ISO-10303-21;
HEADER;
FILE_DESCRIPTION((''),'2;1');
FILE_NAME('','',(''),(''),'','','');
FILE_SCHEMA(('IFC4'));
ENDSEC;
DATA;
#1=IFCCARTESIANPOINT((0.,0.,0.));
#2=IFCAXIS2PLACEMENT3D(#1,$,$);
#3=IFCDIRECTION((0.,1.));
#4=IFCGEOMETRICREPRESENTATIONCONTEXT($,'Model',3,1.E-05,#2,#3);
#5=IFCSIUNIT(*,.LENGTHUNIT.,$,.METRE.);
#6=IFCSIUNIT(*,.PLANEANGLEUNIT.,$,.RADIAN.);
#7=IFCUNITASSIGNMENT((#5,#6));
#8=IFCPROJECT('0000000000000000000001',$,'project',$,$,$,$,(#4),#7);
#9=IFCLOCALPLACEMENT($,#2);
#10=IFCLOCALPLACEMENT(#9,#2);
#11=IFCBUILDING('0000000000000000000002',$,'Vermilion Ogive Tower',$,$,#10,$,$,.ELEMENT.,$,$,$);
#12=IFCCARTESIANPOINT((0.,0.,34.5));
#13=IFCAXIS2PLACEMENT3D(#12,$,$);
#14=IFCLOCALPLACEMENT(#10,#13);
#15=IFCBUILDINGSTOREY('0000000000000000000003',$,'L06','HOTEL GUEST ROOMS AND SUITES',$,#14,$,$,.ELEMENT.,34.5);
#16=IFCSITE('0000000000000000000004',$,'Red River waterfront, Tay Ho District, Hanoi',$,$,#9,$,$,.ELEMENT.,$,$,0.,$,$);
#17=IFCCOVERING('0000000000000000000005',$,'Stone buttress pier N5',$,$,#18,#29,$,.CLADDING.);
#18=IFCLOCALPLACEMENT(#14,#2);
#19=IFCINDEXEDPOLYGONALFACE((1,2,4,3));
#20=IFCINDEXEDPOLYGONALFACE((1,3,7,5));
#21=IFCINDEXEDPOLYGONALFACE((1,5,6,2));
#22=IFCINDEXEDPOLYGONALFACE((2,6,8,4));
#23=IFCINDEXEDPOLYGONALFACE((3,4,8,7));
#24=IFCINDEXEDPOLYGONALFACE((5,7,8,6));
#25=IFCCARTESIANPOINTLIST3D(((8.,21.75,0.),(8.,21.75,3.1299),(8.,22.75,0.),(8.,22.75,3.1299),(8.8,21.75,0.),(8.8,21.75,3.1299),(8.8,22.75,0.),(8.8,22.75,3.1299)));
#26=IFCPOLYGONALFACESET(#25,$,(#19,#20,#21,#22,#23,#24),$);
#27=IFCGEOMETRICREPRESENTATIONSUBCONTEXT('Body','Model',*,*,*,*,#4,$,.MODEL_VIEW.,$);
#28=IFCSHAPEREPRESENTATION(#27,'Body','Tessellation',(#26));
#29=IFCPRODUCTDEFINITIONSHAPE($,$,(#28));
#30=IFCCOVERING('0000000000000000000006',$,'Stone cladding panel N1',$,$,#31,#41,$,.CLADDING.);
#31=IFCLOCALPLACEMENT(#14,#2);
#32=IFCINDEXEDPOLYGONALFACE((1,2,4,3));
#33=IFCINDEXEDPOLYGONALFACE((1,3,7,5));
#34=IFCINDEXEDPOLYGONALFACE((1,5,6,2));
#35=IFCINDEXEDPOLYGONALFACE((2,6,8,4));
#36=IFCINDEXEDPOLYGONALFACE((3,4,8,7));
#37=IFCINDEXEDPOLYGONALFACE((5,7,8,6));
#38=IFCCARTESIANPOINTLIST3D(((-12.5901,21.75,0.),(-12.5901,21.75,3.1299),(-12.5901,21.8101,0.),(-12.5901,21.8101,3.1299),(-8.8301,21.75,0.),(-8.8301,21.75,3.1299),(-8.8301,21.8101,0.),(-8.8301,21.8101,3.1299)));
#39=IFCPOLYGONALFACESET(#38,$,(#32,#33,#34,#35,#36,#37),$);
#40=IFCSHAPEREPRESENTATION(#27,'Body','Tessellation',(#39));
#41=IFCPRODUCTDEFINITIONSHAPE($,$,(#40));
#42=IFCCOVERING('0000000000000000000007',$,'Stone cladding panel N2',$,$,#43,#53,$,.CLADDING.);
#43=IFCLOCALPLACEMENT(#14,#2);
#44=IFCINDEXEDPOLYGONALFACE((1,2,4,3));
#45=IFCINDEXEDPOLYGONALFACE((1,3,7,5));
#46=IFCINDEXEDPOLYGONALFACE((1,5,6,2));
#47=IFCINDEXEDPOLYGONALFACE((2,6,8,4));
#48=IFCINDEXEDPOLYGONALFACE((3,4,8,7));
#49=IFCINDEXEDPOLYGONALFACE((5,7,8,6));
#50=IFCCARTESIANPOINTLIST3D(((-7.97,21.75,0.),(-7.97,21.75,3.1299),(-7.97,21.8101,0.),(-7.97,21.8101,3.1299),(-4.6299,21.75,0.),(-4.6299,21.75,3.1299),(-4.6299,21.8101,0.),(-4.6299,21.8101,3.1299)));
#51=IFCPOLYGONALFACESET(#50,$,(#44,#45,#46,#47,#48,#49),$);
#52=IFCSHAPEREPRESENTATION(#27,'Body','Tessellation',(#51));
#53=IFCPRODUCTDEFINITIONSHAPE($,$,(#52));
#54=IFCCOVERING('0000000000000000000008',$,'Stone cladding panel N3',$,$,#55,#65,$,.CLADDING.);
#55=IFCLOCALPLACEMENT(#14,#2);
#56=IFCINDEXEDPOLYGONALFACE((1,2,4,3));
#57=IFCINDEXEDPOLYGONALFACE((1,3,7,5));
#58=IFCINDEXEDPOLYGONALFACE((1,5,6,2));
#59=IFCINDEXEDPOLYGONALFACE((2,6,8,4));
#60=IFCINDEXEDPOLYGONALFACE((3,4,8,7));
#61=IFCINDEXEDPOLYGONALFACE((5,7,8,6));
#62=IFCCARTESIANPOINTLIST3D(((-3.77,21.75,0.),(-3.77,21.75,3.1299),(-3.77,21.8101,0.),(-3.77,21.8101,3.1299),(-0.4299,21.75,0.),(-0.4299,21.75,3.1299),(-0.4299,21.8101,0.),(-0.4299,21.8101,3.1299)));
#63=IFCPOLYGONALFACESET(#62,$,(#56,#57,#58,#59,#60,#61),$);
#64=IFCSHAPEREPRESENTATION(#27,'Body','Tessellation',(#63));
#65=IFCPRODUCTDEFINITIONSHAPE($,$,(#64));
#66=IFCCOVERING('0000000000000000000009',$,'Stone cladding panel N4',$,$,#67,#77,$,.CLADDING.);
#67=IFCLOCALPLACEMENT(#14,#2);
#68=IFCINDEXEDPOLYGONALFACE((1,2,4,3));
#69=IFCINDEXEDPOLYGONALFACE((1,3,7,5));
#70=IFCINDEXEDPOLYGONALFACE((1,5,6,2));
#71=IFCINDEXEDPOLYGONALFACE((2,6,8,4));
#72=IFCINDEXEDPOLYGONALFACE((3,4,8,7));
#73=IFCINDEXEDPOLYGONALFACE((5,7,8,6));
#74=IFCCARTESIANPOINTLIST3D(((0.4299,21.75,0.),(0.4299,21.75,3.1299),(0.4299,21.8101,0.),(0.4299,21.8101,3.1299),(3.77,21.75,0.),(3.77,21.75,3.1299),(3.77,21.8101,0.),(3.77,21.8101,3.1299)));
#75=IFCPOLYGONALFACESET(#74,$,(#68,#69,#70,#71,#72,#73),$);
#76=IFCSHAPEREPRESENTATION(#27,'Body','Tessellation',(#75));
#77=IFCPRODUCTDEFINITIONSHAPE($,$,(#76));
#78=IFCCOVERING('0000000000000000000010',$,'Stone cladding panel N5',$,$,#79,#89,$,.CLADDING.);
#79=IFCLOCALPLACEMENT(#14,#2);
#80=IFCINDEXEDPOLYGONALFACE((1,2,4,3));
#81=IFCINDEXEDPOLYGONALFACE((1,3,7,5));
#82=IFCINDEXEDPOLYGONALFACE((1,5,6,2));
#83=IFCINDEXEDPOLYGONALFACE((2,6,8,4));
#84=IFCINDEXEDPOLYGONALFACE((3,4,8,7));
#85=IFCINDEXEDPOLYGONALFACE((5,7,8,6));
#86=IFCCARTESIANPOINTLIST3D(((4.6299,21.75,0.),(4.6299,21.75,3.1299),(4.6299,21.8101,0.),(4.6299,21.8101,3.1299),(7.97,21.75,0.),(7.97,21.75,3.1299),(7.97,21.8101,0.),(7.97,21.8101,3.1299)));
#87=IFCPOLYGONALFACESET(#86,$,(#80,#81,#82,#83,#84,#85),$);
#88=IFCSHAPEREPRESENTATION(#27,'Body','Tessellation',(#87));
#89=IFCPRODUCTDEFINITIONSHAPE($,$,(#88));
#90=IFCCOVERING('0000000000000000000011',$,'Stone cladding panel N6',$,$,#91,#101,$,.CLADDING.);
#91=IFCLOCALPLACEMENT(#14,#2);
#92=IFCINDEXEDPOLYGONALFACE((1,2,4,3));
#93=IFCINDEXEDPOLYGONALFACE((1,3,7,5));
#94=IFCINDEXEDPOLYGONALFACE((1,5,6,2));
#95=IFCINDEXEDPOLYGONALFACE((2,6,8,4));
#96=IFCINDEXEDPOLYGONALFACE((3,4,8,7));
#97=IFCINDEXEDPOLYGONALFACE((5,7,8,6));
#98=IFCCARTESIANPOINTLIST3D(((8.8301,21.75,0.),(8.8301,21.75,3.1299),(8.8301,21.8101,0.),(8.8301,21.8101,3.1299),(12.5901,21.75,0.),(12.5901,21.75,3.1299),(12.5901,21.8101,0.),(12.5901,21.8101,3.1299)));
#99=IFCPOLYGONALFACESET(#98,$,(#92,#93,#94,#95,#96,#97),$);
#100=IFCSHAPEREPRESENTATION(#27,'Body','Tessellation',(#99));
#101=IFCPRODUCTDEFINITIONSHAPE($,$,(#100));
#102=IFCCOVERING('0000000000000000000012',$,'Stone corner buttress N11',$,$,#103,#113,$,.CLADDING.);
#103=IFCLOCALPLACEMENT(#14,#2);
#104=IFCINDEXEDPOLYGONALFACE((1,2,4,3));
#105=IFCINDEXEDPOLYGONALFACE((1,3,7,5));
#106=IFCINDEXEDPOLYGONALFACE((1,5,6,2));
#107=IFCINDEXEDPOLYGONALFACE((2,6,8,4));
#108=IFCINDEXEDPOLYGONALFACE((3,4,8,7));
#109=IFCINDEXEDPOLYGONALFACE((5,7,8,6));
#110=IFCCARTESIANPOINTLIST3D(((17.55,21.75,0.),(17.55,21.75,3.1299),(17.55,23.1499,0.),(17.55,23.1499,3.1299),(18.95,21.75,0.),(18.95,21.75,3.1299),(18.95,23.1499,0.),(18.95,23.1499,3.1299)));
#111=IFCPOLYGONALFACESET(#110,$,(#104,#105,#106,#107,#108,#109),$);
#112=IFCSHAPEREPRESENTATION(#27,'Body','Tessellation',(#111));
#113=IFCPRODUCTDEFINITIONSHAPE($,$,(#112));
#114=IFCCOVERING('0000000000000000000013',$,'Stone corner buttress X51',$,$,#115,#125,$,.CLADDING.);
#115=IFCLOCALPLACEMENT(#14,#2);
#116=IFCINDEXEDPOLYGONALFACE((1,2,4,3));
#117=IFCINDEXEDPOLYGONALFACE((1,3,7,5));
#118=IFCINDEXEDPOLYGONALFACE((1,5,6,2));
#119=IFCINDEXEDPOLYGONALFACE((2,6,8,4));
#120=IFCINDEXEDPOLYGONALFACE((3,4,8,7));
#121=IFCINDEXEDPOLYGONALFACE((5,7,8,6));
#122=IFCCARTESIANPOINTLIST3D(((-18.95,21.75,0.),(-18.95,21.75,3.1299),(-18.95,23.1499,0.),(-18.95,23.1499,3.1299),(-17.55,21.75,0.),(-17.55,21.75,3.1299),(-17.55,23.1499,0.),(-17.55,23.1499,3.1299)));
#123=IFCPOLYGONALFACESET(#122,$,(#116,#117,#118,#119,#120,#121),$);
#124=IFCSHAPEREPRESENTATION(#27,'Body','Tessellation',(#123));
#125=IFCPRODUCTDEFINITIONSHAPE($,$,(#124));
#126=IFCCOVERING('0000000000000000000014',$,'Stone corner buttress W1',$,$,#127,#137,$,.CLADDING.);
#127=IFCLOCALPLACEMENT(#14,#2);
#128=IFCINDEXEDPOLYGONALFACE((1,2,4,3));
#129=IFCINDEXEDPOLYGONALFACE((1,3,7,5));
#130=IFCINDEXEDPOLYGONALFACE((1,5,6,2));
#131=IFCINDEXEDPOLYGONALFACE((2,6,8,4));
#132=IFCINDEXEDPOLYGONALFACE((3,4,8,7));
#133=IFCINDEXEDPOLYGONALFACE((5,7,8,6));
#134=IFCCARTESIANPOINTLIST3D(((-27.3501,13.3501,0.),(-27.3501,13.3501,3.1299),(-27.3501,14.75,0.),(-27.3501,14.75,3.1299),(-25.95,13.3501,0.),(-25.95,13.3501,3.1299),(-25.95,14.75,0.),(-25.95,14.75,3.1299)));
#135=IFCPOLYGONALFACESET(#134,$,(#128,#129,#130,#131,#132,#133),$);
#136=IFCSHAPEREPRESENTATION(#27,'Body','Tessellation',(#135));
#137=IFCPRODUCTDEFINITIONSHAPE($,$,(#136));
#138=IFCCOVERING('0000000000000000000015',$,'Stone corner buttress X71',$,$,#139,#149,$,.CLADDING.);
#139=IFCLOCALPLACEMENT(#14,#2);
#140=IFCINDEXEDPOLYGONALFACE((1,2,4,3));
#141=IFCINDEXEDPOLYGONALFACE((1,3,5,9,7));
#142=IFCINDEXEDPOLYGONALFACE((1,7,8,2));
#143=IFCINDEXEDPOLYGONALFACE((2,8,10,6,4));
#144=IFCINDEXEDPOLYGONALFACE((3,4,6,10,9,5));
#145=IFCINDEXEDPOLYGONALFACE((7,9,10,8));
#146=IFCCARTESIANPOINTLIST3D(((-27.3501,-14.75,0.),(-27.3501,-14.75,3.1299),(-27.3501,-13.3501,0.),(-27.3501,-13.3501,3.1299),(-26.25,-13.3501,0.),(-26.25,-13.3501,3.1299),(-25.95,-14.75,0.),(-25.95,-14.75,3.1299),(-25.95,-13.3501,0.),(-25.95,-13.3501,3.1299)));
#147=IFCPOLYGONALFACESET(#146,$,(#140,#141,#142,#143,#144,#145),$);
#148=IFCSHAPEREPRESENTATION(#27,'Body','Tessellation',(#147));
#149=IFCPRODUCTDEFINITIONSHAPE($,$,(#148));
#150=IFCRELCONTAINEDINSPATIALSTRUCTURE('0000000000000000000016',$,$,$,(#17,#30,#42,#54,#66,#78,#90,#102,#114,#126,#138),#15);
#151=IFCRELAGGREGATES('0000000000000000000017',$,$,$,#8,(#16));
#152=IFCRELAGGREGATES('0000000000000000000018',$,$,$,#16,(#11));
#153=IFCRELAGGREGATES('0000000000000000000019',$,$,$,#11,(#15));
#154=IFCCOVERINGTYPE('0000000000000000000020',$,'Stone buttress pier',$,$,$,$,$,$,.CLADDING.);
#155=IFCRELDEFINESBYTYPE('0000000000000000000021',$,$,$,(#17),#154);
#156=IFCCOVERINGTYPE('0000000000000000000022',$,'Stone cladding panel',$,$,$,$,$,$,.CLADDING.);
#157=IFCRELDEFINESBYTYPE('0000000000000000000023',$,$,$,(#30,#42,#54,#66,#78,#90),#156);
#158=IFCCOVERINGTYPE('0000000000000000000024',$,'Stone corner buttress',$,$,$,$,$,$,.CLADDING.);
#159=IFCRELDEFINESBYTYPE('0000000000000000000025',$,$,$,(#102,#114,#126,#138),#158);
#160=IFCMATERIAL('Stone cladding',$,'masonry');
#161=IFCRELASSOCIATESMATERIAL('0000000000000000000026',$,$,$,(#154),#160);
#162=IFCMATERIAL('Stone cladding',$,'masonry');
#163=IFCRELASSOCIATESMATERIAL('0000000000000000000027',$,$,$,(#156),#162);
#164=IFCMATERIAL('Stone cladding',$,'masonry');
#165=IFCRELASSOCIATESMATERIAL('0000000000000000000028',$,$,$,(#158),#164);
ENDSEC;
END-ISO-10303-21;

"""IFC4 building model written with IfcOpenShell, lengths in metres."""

from ifc_helpers import new_model, si_unit, direction, frame, origin, place, context, subcontext, project, spatial, polyline, outline, extrude, material, type_object, element, save


model = new_model("IFC4")

# Units and contexts
model_context = context("Model", 3, precision=1e-05, world=origin(), true_north=direction((0.0, 1.0)))
body_context = subcontext(model_context, "Body", "Model", "MODEL_VIEW")
ifc_project = project(units=[si_unit("LENGTHUNIT", "METRE"), si_unit("PLANEANGLEUNIT", "RADIAN")], contexts=[model_context])

# Site, building, storey
site_placement = place(None, origin())
site = spatial("IfcSite", under=ifc_project, at=site_placement, Name="Red River waterfront, Tay Ho District, Hanoi", CompositionType="ELEMENT", RefElevation=0.0)
building_placement = place(site_placement, origin())
building = spatial("IfcBuilding", under=site, at=building_placement, Name="Vermilion Ogive Tower", CompositionType="ELEMENT")
storey_placement = place(building_placement, frame((0.0, 0.0, 34.5)))
storey = spatial("IfcBuildingStorey", under=building, at=storey_placement, Name="L06", Description="HOTEL GUEST ROOMS AND SUITES", CompositionType="ELEMENT", Elevation=34.5)

# Coverings
ifc_material_1 = material(Name="Stone cladding", Category="masonry")
covering_type_1 = type_object("IfcCoveringType", Name="Stone buttress pier", PredefinedType="CLADDING", material=ifc_material_1)
covering_1_placement = place(storey_placement, origin())
element("IfcCovering", 1, at=covering_1_placement, inside=storey, type_object=covering_type_1, Name="Stone buttress pier N5", PredefinedType="CLADDING", context=body_context, shape_type="SweptSolid", body=[
    extrude(outline(polyline([(8.0, 21.75), (8.8, 21.75), (8.8, 22.75), (8.0, 22.75), (8.0, 21.75)])), origin(), (0.0, 0.0, 1.0), 3.1299),
])
ifc_material_2 = material(Name="Stone cladding", Category="masonry")
covering_type_2 = type_object("IfcCoveringType", Name="Stone cladding panel", PredefinedType="CLADDING", material=ifc_material_2)
covering_2_placement = place(storey_placement, origin())
element("IfcCovering", 2, at=covering_2_placement, inside=storey, type_object=covering_type_2, Name="Stone cladding panel N1", PredefinedType="CLADDING", context=body_context, shape_type="SweptSolid", body=[
    extrude(outline(polyline([(-12.5901, 21.75), (-8.8301, 21.75), (-8.8301, 21.8101), (-12.5901, 21.8101), (-12.5901, 21.75)])), origin(), (0.0, 0.0, 1.0), 3.1299),
])
covering_3_placement = place(storey_placement, origin())
element("IfcCovering", 3, at=covering_3_placement, inside=storey, type_object=covering_type_2, Name="Stone cladding panel N2", PredefinedType="CLADDING", context=body_context, shape_type="SweptSolid", body=[
    extrude(outline(polyline([(-7.97, 21.75), (-4.6299, 21.75), (-4.6299, 21.8101), (-7.97, 21.8101), (-7.97, 21.75)])), origin(), (0.0, 0.0, 1.0), 3.1299),
])
covering_4_placement = place(storey_placement, origin())
element("IfcCovering", 4, at=covering_4_placement, inside=storey, type_object=covering_type_2, Name="Stone cladding panel N3", PredefinedType="CLADDING", context=body_context, shape_type="SweptSolid", body=[
    extrude(outline(polyline([(-3.77, 21.75), (-0.4299, 21.75), (-0.4299, 21.8101), (-3.77, 21.8101), (-3.77, 21.75)])), origin(), (0.0, 0.0, 1.0), 3.1299),
])
covering_5_placement = place(storey_placement, origin())
element("IfcCovering", 5, at=covering_5_placement, inside=storey, type_object=covering_type_2, Name="Stone cladding panel N4", PredefinedType="CLADDING", context=body_context, shape_type="SweptSolid", body=[
    extrude(outline(polyline([(0.4299, 21.75), (3.77, 21.75), (3.77, 21.8101), (0.4299, 21.8101), (0.4299, 21.75)])), origin(), (0.0, 0.0, 1.0), 3.1299),
])
covering_6_placement = place(storey_placement, origin())
element("IfcCovering", 6, at=covering_6_placement, inside=storey, type_object=covering_type_2, Name="Stone cladding panel N5", PredefinedType="CLADDING", context=body_context, shape_type="SweptSolid", body=[
    extrude(outline(polyline([(4.6299, 21.75), (7.97, 21.75), (7.97, 21.8101), (4.6299, 21.8101), (4.6299, 21.75)])), origin(), (0.0, 0.0, 1.0), 3.1299),
])
covering_7_placement = place(storey_placement, origin())
element("IfcCovering", 7, at=covering_7_placement, inside=storey, type_object=covering_type_2, Name="Stone cladding panel N6", PredefinedType="CLADDING", context=body_context, shape_type="SweptSolid", body=[
    extrude(outline(polyline([(8.8301, 21.75), (12.5901, 21.75), (12.5901, 21.8101), (8.8301, 21.8101), (8.8301, 21.75)])), origin(), (0.0, 0.0, 1.0), 3.1299),
])
ifc_material_3 = material(Name="Stone cladding", Category="masonry")
covering_type_3 = type_object("IfcCoveringType", Name="Stone corner buttress", PredefinedType="CLADDING", material=ifc_material_3)
covering_8_placement = place(storey_placement, origin())
element("IfcCovering", 8, at=covering_8_placement, inside=storey, type_object=covering_type_3, Name="Stone corner buttress N11", PredefinedType="CLADDING", context=body_context, shape_type="SweptSolid", body=[
    extrude(outline(polyline([(18.95, 23.1499), (18.95, 21.75), (17.55, 21.75), (17.55, 23.1499), (18.95, 23.1499)])), origin(), (0.0, 0.0, 1.0), 3.1299),
])
covering_9_placement = place(storey_placement, origin())
element("IfcCovering", 9, at=covering_9_placement, inside=storey, type_object=covering_type_3, Name="Stone corner buttress X51", PredefinedType="CLADDING", context=body_context, shape_type="SweptSolid", body=[
    extrude(outline(polyline([(-18.95, 23.1499), (-17.55, 23.1499), (-17.55, 21.75), (-18.95, 21.75), (-18.95, 23.1499)])), origin(), (0.0, 0.0, 1.0), 3.1299),
])
covering_10_placement = place(storey_placement, origin())
element("IfcCovering", 10, at=covering_10_placement, inside=storey, type_object=covering_type_3, Name="Stone corner buttress W1", PredefinedType="CLADDING", context=body_context, shape_type="SweptSolid", body=[
    extrude(outline(polyline([(-27.3501, 14.75), (-25.95, 14.75), (-25.95, 13.3501), (-27.3501, 13.3501), (-27.3501, 14.75)])), origin(), (0.0, 0.0, 1.0), 3.1299),
])
covering_11_placement = place(storey_placement, origin())
element("IfcCovering", 11, at=covering_11_placement, inside=storey, type_object=covering_type_3, Name="Stone corner buttress X71", PredefinedType="CLADDING", context=body_context, shape_type="SweptSolid", body=[
    extrude(outline(polyline([(-25.95, -14.75), (-27.3501, -14.75), (-27.3501, -13.3501), (-26.25, -13.3501), (-25.95, -13.3501), (-25.95, -14.75)])), origin(), (0.0, 0.0, 1.0), 3.1299),
])

save(model, "model.ifc")
